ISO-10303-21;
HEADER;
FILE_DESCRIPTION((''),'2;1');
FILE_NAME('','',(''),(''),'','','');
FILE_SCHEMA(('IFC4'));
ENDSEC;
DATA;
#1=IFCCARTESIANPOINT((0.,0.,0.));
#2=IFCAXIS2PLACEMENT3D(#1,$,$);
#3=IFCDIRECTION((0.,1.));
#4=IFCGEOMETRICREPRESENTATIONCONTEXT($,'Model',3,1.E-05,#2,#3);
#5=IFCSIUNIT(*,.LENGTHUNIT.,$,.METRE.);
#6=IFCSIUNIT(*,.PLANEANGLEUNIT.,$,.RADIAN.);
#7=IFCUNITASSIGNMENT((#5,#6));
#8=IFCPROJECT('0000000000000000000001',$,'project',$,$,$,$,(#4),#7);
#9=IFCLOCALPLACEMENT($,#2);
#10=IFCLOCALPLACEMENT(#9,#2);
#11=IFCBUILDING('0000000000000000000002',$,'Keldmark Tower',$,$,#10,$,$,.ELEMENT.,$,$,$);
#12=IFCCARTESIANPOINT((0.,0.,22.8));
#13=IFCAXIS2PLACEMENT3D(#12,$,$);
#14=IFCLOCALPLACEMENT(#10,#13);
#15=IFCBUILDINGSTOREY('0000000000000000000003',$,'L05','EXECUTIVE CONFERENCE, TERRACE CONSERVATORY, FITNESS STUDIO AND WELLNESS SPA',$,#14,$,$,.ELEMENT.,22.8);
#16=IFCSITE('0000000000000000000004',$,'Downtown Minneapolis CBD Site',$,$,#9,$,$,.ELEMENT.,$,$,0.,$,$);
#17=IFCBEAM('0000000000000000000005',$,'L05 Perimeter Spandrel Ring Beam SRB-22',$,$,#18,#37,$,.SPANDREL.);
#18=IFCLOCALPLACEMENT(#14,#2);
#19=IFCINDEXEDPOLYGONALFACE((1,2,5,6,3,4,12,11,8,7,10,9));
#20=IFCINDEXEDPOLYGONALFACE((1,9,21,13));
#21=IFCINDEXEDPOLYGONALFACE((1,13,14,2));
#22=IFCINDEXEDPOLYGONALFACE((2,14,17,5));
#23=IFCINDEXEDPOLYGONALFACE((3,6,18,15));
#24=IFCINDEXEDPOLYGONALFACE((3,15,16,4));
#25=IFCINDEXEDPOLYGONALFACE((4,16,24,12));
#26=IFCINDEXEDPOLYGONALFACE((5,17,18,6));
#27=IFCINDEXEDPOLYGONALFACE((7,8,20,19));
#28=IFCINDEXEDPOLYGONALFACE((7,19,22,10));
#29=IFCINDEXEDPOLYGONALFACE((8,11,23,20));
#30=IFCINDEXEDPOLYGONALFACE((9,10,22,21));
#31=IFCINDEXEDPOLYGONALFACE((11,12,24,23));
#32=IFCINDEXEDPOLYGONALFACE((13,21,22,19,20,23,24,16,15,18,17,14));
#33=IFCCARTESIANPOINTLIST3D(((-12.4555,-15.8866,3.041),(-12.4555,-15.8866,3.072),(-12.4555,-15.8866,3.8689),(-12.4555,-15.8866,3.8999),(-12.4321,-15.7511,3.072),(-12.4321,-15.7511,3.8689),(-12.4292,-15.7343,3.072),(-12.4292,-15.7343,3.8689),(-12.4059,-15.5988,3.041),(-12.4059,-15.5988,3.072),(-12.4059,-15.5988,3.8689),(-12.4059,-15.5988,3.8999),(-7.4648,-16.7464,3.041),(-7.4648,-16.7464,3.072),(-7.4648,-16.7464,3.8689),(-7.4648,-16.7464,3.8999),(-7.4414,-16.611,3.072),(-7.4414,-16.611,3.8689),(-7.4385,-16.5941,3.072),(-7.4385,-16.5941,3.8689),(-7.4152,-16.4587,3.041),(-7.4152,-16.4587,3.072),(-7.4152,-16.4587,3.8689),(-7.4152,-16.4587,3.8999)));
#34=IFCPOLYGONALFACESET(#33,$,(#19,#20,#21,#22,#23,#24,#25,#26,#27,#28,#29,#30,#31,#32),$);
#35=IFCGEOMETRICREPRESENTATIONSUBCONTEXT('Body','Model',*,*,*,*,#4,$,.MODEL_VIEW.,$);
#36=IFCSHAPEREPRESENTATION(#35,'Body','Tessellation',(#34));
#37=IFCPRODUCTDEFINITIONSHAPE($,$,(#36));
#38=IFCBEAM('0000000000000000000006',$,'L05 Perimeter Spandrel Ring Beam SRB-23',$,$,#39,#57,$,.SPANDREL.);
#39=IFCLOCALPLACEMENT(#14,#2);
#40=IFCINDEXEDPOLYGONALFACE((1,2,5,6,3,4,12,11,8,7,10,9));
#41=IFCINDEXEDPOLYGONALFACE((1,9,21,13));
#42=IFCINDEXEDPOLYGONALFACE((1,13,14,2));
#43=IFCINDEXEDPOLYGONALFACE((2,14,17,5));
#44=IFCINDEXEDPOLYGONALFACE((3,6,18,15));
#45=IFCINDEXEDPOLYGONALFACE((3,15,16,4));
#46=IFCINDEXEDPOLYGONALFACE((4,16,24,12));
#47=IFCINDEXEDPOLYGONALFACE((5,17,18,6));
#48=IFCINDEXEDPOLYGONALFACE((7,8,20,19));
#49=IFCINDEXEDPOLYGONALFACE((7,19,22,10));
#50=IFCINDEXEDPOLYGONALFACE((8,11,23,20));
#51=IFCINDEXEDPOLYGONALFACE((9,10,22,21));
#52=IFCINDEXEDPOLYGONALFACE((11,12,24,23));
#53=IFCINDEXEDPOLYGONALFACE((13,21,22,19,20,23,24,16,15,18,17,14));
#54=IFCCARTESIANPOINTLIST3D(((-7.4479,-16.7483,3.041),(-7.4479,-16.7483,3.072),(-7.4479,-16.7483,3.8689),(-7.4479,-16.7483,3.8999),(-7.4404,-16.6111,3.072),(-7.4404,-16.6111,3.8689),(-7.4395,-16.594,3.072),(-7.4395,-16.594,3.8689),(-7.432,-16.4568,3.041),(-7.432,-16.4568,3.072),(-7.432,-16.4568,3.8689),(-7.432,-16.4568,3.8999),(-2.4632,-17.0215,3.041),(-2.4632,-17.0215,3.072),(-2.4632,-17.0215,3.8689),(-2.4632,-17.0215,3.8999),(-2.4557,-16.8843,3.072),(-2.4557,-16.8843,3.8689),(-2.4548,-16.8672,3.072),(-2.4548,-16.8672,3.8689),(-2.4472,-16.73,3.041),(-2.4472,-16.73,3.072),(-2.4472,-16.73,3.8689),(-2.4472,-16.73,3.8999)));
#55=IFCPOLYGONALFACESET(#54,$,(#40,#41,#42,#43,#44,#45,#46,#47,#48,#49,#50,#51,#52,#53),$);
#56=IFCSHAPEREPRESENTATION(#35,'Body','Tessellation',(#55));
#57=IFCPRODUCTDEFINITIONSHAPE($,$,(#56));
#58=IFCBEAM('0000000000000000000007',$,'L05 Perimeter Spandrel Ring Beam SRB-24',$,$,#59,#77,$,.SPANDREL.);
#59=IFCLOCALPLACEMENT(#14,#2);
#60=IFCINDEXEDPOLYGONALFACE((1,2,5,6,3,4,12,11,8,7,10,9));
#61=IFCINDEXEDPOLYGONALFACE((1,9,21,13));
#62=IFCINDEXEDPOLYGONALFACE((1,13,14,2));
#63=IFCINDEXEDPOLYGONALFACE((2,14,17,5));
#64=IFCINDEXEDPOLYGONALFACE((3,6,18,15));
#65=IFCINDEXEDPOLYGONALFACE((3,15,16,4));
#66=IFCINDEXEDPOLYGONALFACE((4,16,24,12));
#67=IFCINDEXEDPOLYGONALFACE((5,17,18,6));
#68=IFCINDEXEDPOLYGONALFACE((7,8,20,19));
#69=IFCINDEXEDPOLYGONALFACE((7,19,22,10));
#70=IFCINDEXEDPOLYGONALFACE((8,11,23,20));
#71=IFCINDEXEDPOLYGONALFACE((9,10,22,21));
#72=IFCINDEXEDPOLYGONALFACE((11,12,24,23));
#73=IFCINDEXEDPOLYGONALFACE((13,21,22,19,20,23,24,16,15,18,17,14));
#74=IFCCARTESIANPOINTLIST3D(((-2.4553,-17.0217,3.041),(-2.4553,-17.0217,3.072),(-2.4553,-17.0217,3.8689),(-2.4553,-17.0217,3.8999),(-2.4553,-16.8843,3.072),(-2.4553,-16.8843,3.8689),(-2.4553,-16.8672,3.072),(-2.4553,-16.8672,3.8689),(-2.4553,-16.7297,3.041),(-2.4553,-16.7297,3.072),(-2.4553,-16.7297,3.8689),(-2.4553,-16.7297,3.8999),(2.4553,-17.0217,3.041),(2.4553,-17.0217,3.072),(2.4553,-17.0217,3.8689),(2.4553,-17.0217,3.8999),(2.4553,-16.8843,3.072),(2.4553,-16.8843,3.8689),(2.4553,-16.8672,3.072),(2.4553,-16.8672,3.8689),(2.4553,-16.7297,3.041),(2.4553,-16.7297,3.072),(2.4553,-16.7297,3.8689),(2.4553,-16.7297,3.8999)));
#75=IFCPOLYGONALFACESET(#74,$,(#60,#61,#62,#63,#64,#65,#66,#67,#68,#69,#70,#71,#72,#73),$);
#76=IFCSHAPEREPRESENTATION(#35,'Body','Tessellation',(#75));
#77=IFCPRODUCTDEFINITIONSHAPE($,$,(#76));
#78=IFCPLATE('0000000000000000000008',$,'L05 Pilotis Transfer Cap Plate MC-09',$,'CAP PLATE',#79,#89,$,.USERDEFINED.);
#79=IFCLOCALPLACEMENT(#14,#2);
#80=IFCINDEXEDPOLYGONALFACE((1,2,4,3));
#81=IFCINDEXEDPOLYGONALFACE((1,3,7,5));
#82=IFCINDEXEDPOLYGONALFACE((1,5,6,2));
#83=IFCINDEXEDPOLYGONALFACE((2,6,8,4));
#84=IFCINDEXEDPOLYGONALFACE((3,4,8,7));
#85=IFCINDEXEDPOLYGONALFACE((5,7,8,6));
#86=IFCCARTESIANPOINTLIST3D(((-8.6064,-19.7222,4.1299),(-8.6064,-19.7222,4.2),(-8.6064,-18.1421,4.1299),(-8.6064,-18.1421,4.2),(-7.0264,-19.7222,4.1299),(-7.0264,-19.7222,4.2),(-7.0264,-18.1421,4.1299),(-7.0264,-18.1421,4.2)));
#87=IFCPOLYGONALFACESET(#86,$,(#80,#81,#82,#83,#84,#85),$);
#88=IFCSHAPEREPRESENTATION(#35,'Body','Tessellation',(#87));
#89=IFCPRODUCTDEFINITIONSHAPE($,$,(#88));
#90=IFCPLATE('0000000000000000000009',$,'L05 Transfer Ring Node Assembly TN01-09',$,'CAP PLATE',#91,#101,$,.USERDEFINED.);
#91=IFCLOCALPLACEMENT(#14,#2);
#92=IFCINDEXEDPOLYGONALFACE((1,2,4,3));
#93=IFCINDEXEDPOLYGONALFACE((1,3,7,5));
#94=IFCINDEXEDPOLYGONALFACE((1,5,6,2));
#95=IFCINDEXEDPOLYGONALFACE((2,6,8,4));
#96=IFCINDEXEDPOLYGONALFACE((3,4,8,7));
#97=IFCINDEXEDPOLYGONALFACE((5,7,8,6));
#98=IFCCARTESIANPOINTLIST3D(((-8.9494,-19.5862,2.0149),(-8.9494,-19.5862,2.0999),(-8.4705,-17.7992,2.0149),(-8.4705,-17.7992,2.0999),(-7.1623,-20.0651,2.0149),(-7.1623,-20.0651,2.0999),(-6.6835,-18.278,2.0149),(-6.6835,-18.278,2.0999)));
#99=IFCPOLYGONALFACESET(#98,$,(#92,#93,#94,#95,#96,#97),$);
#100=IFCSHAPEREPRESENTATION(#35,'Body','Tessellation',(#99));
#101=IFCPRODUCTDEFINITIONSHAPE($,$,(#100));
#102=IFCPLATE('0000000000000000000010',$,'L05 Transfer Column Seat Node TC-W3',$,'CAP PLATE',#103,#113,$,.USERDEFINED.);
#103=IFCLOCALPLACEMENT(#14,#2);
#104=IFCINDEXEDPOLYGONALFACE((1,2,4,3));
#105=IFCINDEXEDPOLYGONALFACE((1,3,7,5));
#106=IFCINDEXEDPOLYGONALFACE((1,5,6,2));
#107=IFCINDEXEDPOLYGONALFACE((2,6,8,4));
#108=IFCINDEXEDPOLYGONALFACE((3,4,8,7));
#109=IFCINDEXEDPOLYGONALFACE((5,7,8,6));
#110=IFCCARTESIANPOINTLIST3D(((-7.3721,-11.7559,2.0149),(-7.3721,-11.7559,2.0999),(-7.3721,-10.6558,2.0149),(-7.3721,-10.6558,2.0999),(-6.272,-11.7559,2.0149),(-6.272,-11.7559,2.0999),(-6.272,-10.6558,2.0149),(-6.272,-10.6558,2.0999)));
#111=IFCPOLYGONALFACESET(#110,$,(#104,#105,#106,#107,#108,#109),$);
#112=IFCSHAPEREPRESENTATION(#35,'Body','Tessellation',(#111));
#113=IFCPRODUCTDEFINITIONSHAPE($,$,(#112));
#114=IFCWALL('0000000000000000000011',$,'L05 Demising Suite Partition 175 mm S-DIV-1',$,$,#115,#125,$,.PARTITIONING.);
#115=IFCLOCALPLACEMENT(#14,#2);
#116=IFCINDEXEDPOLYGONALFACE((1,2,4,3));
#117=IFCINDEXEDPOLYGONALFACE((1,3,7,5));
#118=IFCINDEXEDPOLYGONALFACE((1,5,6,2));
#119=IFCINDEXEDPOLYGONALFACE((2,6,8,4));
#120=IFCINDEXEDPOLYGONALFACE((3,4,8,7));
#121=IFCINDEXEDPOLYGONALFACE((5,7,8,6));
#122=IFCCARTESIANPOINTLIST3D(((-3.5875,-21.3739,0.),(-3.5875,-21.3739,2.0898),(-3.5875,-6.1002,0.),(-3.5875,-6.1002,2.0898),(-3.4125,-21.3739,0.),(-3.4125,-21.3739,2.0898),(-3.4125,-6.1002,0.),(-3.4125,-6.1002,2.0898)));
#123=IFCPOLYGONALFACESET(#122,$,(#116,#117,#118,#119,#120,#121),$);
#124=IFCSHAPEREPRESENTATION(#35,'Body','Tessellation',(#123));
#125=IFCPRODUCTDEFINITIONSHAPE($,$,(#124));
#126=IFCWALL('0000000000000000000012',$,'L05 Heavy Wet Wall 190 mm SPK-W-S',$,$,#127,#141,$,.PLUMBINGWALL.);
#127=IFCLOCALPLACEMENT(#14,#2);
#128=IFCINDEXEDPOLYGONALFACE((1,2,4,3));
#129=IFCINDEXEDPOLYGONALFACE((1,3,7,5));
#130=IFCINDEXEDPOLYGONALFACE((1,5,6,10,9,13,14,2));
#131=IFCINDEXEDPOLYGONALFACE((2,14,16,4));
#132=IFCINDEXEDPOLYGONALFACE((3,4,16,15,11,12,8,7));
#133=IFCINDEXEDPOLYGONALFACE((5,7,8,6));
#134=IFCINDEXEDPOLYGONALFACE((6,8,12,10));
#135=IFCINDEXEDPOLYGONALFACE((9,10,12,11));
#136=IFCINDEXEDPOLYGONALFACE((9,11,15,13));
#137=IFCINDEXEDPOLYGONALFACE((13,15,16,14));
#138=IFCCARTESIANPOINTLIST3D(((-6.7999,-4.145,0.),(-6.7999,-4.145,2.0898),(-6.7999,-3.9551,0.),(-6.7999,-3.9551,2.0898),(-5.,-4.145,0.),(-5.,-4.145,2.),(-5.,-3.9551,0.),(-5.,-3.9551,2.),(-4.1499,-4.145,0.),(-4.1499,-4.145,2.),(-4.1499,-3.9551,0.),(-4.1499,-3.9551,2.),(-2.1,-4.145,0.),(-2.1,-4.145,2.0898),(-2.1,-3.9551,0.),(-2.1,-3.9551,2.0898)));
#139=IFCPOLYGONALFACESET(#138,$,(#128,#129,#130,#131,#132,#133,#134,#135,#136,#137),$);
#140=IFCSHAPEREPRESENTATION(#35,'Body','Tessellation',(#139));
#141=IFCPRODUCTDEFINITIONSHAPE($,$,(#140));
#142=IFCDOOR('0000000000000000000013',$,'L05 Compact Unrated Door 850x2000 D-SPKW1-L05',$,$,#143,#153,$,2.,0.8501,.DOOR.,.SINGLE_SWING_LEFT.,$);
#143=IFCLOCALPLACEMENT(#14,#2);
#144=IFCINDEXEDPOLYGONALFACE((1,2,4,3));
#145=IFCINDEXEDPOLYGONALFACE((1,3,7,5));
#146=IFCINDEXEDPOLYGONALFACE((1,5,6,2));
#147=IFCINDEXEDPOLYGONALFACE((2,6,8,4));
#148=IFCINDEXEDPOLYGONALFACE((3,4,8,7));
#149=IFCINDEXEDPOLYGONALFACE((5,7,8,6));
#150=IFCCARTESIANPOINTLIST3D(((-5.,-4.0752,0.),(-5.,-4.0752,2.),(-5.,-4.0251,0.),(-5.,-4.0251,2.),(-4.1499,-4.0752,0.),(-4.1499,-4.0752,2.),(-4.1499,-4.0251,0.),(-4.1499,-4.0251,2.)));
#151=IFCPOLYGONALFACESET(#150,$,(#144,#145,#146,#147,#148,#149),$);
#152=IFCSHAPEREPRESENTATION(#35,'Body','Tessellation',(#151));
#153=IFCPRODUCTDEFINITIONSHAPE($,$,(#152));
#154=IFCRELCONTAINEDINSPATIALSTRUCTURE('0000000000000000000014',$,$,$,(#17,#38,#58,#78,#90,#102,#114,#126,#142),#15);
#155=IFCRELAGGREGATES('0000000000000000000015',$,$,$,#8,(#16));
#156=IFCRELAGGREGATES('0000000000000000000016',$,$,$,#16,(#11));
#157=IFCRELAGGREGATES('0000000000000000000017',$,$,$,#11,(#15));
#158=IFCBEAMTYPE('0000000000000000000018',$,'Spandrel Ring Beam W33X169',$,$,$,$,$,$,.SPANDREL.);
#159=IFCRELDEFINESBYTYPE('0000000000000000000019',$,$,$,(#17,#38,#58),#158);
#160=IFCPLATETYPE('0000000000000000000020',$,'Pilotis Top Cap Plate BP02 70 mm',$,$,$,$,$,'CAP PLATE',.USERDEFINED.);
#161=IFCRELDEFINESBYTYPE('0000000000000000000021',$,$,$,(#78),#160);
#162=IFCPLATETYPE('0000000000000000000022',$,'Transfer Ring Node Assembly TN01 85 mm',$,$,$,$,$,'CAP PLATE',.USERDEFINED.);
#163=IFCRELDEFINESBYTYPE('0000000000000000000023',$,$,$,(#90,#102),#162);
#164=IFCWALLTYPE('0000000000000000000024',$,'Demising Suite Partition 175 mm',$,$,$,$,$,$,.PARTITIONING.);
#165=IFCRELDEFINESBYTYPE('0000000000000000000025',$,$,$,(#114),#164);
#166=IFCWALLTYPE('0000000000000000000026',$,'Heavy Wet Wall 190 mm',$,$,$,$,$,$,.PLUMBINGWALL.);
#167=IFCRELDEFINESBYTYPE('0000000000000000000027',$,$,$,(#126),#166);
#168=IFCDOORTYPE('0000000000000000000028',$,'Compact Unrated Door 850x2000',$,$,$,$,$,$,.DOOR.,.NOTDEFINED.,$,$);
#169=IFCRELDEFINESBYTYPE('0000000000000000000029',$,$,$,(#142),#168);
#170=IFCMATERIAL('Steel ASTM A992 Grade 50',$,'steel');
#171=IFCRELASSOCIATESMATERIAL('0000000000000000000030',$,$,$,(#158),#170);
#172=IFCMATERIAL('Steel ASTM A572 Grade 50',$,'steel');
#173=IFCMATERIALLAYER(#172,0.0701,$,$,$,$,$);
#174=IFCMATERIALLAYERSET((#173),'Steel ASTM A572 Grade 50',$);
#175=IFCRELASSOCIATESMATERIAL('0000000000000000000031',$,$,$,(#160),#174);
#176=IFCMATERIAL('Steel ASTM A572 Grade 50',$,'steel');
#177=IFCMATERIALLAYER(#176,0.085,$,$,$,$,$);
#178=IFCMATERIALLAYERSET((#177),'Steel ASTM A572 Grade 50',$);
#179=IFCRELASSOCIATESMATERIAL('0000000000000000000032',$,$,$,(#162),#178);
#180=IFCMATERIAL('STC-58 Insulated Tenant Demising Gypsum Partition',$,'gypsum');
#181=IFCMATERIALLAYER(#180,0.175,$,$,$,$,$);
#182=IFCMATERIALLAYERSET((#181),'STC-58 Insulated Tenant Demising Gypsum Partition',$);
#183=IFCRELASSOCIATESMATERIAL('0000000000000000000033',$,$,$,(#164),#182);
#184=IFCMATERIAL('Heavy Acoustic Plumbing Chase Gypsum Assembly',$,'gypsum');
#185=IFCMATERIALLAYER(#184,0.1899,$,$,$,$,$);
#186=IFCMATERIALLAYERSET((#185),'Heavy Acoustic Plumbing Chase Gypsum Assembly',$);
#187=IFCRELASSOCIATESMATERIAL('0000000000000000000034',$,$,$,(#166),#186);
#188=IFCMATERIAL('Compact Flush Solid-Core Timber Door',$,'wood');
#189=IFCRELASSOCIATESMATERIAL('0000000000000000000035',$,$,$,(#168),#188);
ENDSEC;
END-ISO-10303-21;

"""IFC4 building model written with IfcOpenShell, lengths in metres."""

from ifc_helpers import new_model, si_unit, direction, frame, frame_2d, origin, origin_2d, place, context, subcontext, project, spatial, rectangle, i_section, extrude, material, layer, layer_set, material_profile, profile_set, type_object, element, fill, save


model = new_model("IFC4")

# Units and contexts
model_context = context("Model", 3, precision=1e-05, world=origin(), true_north=direction((0.0, 1.0)))
body_context = subcontext(model_context, "Body", "Model", "MODEL_VIEW")
ifc_project = project(units=[si_unit("LENGTHUNIT", "METRE"), si_unit("PLANEANGLEUNIT", "RADIAN")], contexts=[model_context])

# Site, building, storey
site_placement = place(None, origin())
site = spatial("IfcSite", under=ifc_project, at=site_placement, Name="Downtown Minneapolis CBD Site", CompositionType="ELEMENT", RefElevation=0.0)
building_placement = place(site_placement, origin())
building = spatial("IfcBuilding", under=site, at=building_placement, Name="Keldmark Tower", CompositionType="ELEMENT")
storey_placement = place(building_placement, frame((0.0, 0.0, 22.8)))
storey = spatial("IfcBuildingStorey", under=building, at=storey_placement, Name="L05", Description="EXECUTIVE CONFERENCE, TERRACE CONSERVATORY, FITNESS STUDIO AND WELLNESS SPA", CompositionType="ELEMENT", Elevation=22.8)

# Beams
ifc_material_1 = material(Name="Steel ASTM A992 Grade 50", Category="steel")
ifc_material_profile_1 = material_profile(ifc_material_1, i_section(OverallWidth=0.292, OverallDepth=0.8589, WebThickness=0.0171, FlangeThickness=0.031, at=origin_2d()), Name="W33X169")
ifc_profile_set_1 = profile_set([ifc_material_profile_1], Name="Steel ASTM A992 Grade 50")
beam_type_1 = type_object("IfcBeamType", Name="Spandrel Ring Beam W33X169", PredefinedType="SPANDREL", material=ifc_profile_set_1)
beam_1_placement = place(storey_placement, frame((-12.4307, -15.7427, 3.4705), z_axis=(0.98548, -0.169791, 0.0), x_axis=(0.169791, 0.98548, 0.0)))
element("IfcBeam", 1, at=beam_1_placement, inside=storey, type_object=beam_type_1, Name="L05 Perimeter Spandrel Ring Beam SRB-22", PredefinedType="SPANDREL", context=body_context, shape_type="SweptSolid", body=[
    extrude(i_section(OverallWidth=0.292, OverallDepth=0.8589, WebThickness=0.0171, FlangeThickness=0.031, at=origin_2d()), origin(), (0.0, 0.0, 1.0), 5.0642),
])
beam_2_placement = place(storey_placement, frame((-7.4399, -16.6025, 3.4705), z_axis=(0.998501, -0.054725, 0.0), x_axis=(0.054725, 0.998501, 0.0)))
element("IfcBeam", 2, at=beam_2_placement, inside=storey, type_object=beam_type_1, Name="L05 Perimeter Spandrel Ring Beam SRB-23", PredefinedType="SPANDREL", context=body_context, shape_type="SweptSolid", body=[
    extrude(i_section(OverallWidth=0.292, OverallDepth=0.8589, WebThickness=0.0171, FlangeThickness=0.031, at=origin_2d()), origin(), (0.0, 0.0, 1.0), 4.9922),
])
beam_3_placement = place(storey_placement, frame((-2.4553, -16.8757, 3.4705), z_axis=(1.0, 0.0, 0.0), x_axis=(0.0, 1.0, 0.0)))
element("IfcBeam", 3, at=beam_3_placement, inside=storey, type_object=beam_type_1, Name="L05 Perimeter Spandrel Ring Beam SRB-24", PredefinedType="SPANDREL", context=body_context, shape_type="SweptSolid", body=[
    extrude(i_section(OverallWidth=0.292, OverallDepth=0.8589, WebThickness=0.0171, FlangeThickness=0.031, at=origin_2d()), origin(), (0.0, 0.0, 1.0), 4.9106),
])

# Plates
ifc_material_2 = material(Name="Steel ASTM A572 Grade 50", Category="steel")
ifc_layer_1 = layer(ifc_material_2, 0.0701)
ifc_layer_set_1 = layer_set([ifc_layer_1], Name="Steel ASTM A572 Grade 50")
plate_type_1 = type_object("IfcPlateType", Name="Pilotis Top Cap Plate BP02 70 mm", ElementType="CAP PLATE", PredefinedType="USERDEFINED", material=ifc_layer_set_1)
plate_1_placement = place(storey_placement, frame((-7.8164, -18.9321, 4.1299), z_axis=(0.0, 0.0, 1.0), x_axis=(1.0, 0.0, 0.0)))
element("IfcPlate", 4, at=plate_1_placement, inside=storey, type_object=plate_type_1, Name="L05 Pilotis Transfer Cap Plate MC-09", ObjectType="CAP PLATE", PredefinedType="USERDEFINED", context=body_context, shape_type="SweptSolid", body=[
    extrude(rectangle(XDim=1.5801, YDim=1.5801, at=origin_2d()), origin(), (0.0, 0.0, 1.0), 0.0701),
])
ifc_material_3 = material(Name="Steel ASTM A572 Grade 50", Category="steel")
ifc_layer_2 = layer(ifc_material_3, 0.085)
ifc_layer_set_2 = layer_set([ifc_layer_2], Name="Steel ASTM A572 Grade 50")
plate_type_2 = type_object("IfcPlateType", Name="Transfer Ring Node Assembly TN01 85 mm", ElementType="CAP PLATE", PredefinedType="USERDEFINED", material=ifc_layer_set_2)
plate_2_placement = place(storey_placement, frame((-7.8164, -18.9321, 2.0149), z_axis=(0.0, 0.0, 1.0), x_axis=(-0.258819, -0.965926, 0.0)))
element("IfcPlate", 5, at=plate_2_placement, inside=storey, type_object=plate_type_2, Name="L05 Transfer Ring Node Assembly TN01-09", ObjectType="CAP PLATE", PredefinedType="USERDEFINED", context=body_context, shape_type="SweptSolid", body=[
    extrude(rectangle(XDim=1.8501, YDim=1.8501, at=origin_2d()), origin(), (0.0, 0.0, 1.0), 0.085),
])
plate_3_placement = place(storey_placement, frame((-6.822, -11.2058, 2.0149), z_axis=(0.0, 0.0, 1.0), x_axis=(1.0, 0.0, 0.0)))
element("IfcPlate", 6, at=plate_3_placement, inside=storey, type_object=plate_type_2, Name="L05 Transfer Column Seat Node TC-W3", ObjectType="CAP PLATE", PredefinedType="USERDEFINED", context=body_context, shape_type="SweptSolid", body=[
    extrude(rectangle(XDim=1.1001, YDim=1.1001, at=origin_2d()), origin(), (0.0, 0.0, 1.0), 0.085),
])

# Wall
ifc_material_4 = material(Name="STC-58 Insulated Tenant Demising Gypsum Partition", Category="gypsum")
ifc_layer_3 = layer(ifc_material_4, 0.175)
ifc_layer_set_3 = layer_set([ifc_layer_3], Name="STC-58 Insulated Tenant Demising Gypsum Partition")
wall_type_1 = type_object("IfcWallType", Name="Demising Suite Partition 175 mm", PredefinedType="PARTITIONING", material=ifc_layer_set_3)
wall_1_placement = place(storey_placement, frame((-3.5, -21.3738, 0.0), z_axis=(0.0, 0.0, 1.0), x_axis=(0.0, 1.0, 0.0)))
element("IfcWall", 7, at=wall_1_placement, inside=storey, type_object=wall_type_1, Name="L05 Demising Suite Partition 175 mm S-DIV-1", PredefinedType="PARTITIONING", context=body_context, shape_type="SweptSolid", body=[
    extrude(rectangle(XDim=15.2737, YDim=0.175, at=frame_2d((7.6367, 0.0))), origin(), (0.0, 0.0, 1.0), 2.0898),
])

# Wall, opening, door
ifc_material_5 = material(Name="Heavy Acoustic Plumbing Chase Gypsum Assembly", Category="gypsum")
ifc_layer_4 = layer(ifc_material_5, 0.1899)
ifc_layer_set_4 = layer_set([ifc_layer_4], Name="Heavy Acoustic Plumbing Chase Gypsum Assembly")
wall_type_2 = type_object("IfcWallType", Name="Heavy Wet Wall 190 mm", PredefinedType="PLUMBINGWALL", material=ifc_layer_set_4)
wall_2_placement = place(storey_placement, frame((-6.8, -4.05, 0.0), z_axis=(0.0, 0.0, 1.0), x_axis=(1.0, 0.0, 0.0)))
wall_2 = element("IfcWall", 8, at=wall_2_placement, inside=storey, type_object=wall_type_2, Name="L05 Heavy Wet Wall 190 mm SPK-W-S", PredefinedType="PLUMBINGWALL", context=body_context, shape_type="SweptSolid", body=[
    extrude(rectangle(XDim=4.7, YDim=0.1899, at=frame_2d((2.3501, 0.0))), origin(), (0.0, 0.0, 1.0), 2.0898),
])
opening_1_placement = place(wall_2_placement, frame((1.8, 0.0, 0.0)))
opening_1 = element("IfcOpeningElement", 9, at=opening_1_placement, cuts=wall_2, PredefinedType="OPENING", context=body_context, shape_type="SweptSolid", body=[
    extrude(rectangle(XDim=0.8501, YDim=2.0, at=frame_2d((0.425, 1.0))), frame((0.0, 0.105, 0.0), z_axis=(0.0, -1.0, 0.0), x_axis=(1.0, 0.0, 0.0)), (0.0, 0.0, 1.0), 0.21),
])
ifc_material_6 = material(Name="Compact Flush Solid-Core Timber Door", Category="wood")
door_type = type_object("IfcDoorType", Name="Compact Unrated Door 850x2000", OperationType="NOTDEFINED", PredefinedType="DOOR", material=ifc_material_6)
door_placement = place(opening_1_placement, origin())
door = element("IfcDoor", 10, at=door_placement, inside=storey, type_object=door_type, Name="L05 Compact Unrated Door 850x2000 D-SPKW1-L05", OperationType="SINGLE_SWING_LEFT", OverallHeight=2.0, OverallWidth=0.8501, PredefinedType="DOOR", context=body_context, shape_type="SweptSolid", body=[
    extrude(rectangle(XDim=0.8501, YDim=2.0, at=frame_2d((0.425, 1.0))), frame((0.0, 0.0249, 0.0), z_axis=(0.0, -1.0, 0.0), x_axis=(1.0, 0.0, 0.0)), (0.0, 0.0, 1.0), 0.05),
])
fill(opening_1, door)

save(model, "model.ifc")
